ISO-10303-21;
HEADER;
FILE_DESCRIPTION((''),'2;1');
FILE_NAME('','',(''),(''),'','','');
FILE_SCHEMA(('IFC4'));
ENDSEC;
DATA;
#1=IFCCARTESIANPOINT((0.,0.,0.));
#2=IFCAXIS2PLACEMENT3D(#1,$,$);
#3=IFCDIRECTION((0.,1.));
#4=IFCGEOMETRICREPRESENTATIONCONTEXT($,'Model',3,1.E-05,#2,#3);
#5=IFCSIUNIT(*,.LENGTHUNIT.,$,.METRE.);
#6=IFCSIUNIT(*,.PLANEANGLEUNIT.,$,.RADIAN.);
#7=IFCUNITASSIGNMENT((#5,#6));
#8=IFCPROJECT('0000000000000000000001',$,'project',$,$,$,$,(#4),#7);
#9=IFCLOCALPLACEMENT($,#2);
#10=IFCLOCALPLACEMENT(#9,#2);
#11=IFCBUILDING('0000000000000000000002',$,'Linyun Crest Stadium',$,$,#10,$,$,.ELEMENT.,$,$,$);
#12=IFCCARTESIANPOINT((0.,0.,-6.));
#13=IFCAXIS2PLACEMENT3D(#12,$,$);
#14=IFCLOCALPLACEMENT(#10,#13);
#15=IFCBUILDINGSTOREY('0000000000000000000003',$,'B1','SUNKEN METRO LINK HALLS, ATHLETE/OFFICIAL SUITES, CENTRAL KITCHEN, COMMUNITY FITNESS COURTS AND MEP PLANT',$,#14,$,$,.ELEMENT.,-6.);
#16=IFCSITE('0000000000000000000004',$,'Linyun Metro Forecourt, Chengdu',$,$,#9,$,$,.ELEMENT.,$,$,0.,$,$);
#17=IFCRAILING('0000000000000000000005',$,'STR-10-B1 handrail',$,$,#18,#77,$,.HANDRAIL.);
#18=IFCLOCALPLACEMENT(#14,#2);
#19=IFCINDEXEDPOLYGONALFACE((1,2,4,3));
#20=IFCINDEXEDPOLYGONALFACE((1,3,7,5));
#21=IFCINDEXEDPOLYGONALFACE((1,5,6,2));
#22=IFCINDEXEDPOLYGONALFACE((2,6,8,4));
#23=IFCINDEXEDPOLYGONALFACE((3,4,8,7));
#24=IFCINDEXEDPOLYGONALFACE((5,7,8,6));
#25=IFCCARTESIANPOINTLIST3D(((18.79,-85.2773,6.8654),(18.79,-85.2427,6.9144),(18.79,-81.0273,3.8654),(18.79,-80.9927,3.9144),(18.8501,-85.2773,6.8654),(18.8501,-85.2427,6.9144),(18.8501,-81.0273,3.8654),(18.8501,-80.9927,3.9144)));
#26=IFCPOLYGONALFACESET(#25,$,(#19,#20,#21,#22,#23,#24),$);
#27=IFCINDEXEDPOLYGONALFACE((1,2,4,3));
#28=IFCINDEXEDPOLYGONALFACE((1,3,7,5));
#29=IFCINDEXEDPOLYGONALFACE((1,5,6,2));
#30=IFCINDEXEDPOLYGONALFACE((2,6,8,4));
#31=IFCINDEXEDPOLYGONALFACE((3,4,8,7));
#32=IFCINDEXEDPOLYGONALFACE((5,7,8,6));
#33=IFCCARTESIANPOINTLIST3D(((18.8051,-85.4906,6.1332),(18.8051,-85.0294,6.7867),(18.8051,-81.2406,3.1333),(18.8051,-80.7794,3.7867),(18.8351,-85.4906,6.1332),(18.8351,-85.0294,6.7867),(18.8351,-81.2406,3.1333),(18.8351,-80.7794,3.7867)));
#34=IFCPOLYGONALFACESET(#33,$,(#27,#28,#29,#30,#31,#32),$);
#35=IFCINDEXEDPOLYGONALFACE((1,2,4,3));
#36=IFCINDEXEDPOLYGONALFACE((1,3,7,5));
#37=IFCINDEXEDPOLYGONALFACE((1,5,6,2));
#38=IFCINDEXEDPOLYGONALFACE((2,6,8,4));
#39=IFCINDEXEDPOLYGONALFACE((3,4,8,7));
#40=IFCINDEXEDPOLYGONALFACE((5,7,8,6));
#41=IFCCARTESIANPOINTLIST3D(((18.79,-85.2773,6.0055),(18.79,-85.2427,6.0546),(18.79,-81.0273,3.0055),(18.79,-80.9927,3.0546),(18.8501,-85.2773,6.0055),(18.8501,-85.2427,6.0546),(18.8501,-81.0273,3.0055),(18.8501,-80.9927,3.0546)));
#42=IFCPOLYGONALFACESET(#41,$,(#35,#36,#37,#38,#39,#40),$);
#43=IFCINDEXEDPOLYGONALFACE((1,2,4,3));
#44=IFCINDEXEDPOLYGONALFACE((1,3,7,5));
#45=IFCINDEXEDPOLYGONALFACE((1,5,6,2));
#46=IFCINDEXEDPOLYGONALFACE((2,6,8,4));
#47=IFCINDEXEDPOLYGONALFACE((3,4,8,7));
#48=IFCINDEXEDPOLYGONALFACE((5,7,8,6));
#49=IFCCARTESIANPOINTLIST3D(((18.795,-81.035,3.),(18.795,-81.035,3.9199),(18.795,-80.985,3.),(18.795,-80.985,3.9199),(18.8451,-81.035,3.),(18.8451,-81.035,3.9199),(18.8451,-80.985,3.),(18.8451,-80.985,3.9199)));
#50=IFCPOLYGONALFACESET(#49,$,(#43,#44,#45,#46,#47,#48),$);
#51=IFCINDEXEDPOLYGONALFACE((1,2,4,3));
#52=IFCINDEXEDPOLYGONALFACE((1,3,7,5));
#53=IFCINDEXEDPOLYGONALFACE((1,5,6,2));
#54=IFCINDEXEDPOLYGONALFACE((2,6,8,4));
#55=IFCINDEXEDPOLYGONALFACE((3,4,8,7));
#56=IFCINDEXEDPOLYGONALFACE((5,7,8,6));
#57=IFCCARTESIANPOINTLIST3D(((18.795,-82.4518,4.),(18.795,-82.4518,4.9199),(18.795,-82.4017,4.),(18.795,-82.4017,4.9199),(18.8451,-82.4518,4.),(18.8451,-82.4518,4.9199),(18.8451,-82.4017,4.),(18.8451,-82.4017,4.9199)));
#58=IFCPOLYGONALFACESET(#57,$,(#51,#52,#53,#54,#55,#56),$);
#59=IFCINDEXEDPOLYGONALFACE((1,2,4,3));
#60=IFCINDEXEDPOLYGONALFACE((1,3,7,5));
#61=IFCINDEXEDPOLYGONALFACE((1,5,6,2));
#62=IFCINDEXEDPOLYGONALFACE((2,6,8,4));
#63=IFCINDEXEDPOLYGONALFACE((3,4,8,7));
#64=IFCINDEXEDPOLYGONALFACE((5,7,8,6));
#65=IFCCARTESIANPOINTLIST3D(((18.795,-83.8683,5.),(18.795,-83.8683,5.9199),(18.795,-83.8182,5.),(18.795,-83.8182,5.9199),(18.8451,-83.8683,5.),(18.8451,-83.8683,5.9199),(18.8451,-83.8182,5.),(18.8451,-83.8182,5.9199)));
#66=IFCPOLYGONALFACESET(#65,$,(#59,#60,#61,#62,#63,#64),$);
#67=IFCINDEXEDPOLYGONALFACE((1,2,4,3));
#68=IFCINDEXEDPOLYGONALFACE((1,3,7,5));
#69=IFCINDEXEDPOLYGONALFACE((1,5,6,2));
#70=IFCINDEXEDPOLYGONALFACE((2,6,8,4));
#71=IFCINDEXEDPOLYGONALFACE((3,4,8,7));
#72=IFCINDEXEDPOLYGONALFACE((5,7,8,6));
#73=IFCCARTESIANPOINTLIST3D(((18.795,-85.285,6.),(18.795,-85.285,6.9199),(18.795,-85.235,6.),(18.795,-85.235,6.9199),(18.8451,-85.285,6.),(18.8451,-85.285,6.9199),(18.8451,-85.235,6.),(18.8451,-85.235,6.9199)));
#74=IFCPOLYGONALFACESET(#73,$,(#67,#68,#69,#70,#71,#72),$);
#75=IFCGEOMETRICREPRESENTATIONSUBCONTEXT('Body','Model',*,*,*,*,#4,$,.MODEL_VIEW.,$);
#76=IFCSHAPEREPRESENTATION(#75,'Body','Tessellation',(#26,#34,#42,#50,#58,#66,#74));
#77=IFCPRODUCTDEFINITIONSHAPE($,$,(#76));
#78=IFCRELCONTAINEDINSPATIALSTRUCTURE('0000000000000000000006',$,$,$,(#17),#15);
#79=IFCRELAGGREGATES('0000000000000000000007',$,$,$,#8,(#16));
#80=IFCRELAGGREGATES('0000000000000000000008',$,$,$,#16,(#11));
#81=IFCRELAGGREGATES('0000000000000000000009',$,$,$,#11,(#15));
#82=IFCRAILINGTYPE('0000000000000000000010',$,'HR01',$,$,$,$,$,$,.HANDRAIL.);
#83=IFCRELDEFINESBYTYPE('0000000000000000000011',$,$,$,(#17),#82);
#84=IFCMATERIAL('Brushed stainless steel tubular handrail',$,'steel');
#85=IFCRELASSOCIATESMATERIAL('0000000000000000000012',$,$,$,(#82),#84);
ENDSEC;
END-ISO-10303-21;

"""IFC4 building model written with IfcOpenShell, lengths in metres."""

from ifc_helpers import new_model, si_unit, direction, frame, origin, origin_2d, place, context, subcontext, project, spatial, rectangle, extrude, material, type_object, element, save


model = new_model("IFC4")

# Units and contexts
model_context = context("Model", 3, precision=1e-05, world=origin(), true_north=direction((0.0, 1.0)))
body_context = subcontext(model_context, "Body", "Model", "MODEL_VIEW")
ifc_project = project(units=[si_unit("LENGTHUNIT", "METRE"), si_unit("PLANEANGLEUNIT", "RADIAN")], contexts=[model_context])

# Site, building, storey
site_placement = place(None, origin())
site = spatial("IfcSite", under=ifc_project, at=site_placement, Name="Linyun Metro Forecourt, Chengdu", CompositionType="ELEMENT", RefElevation=0.0)
building_placement = place(site_placement, origin())
building = spatial("IfcBuilding", under=site, at=building_placement, Name="Linyun Crest Stadium", CompositionType="ELEMENT")
storey_placement = place(building_placement, frame((0.0, 0.0, -6.0)))
storey = spatial("IfcBuildingStorey", under=building, at=storey_placement, Name="B1", Description="SUNKEN METRO LINK HALLS, ATHLETE/OFFICIAL SUITES, CENTRAL KITCHEN, COMMUNITY FITNESS COURTS AND MEP PLANT", CompositionType="ELEMENT", Elevation=-6.0)

# Railing
ifc_material_1 = material(Name="Brushed stainless steel tubular handrail", Category="steel")
railing_type = type_object("IfcRailingType", Name="HR01", PredefinedType="HANDRAIL", material=ifc_material_1)
railing_placement = place(storey_placement, frame((18.8201, -81.01, 3.0)))
element("IfcRailing", 1, at=railing_placement, inside=storey, type_object=railing_type, Name="STR-10-B1 handrail", PredefinedType="HANDRAIL", context=body_context, shape_type="SweptSolid", body=[
    extrude(rectangle(XDim=0.0601, YDim=0.0601, at=origin_2d()), frame((0.0, 0.0, 0.8899), z_axis=(0.0, -0.816968, 0.576683), x_axis=(1.0, 0.0, 0.0)), (0.0, 0.0, 1.0), 5.2021),
    extrude(rectangle(XDim=0.03, YDim=0.7998, at=origin_2d()), frame((0.0, 0.0, 0.46), z_axis=(0.0, -0.816968, 0.576683), x_axis=(1.0, 0.0, 0.0)), (0.0, 0.0, 1.0), 5.2021),
    extrude(rectangle(XDim=0.0601, YDim=0.0601, at=origin_2d()), frame((0.0, 0.0, 0.03), z_axis=(0.0, -0.816968, 0.576683), x_axis=(1.0, 0.0, 0.0)), (0.0, 0.0, 1.0), 5.2021),
    extrude(rectangle(XDim=0.05, YDim=0.05, at=origin_2d()), origin(), (0.0, 0.0, 1.0), 0.9199),
    extrude(rectangle(XDim=0.05, YDim=0.05, at=origin_2d()), frame((0.0, -1.4167, 1.0)), (0.0, 0.0, 1.0), 0.9199),
    extrude(rectangle(XDim=0.05, YDim=0.05, at=origin_2d()), frame((0.0, -2.8333, 2.0)), (0.0, 0.0, 1.0), 0.9199),
    extrude(rectangle(XDim=0.05, YDim=0.05, at=origin_2d()), frame((0.0, -4.25, 3.0)), (0.0, 0.0, 1.0), 0.9199),
])

save(model, "model.ifc")
